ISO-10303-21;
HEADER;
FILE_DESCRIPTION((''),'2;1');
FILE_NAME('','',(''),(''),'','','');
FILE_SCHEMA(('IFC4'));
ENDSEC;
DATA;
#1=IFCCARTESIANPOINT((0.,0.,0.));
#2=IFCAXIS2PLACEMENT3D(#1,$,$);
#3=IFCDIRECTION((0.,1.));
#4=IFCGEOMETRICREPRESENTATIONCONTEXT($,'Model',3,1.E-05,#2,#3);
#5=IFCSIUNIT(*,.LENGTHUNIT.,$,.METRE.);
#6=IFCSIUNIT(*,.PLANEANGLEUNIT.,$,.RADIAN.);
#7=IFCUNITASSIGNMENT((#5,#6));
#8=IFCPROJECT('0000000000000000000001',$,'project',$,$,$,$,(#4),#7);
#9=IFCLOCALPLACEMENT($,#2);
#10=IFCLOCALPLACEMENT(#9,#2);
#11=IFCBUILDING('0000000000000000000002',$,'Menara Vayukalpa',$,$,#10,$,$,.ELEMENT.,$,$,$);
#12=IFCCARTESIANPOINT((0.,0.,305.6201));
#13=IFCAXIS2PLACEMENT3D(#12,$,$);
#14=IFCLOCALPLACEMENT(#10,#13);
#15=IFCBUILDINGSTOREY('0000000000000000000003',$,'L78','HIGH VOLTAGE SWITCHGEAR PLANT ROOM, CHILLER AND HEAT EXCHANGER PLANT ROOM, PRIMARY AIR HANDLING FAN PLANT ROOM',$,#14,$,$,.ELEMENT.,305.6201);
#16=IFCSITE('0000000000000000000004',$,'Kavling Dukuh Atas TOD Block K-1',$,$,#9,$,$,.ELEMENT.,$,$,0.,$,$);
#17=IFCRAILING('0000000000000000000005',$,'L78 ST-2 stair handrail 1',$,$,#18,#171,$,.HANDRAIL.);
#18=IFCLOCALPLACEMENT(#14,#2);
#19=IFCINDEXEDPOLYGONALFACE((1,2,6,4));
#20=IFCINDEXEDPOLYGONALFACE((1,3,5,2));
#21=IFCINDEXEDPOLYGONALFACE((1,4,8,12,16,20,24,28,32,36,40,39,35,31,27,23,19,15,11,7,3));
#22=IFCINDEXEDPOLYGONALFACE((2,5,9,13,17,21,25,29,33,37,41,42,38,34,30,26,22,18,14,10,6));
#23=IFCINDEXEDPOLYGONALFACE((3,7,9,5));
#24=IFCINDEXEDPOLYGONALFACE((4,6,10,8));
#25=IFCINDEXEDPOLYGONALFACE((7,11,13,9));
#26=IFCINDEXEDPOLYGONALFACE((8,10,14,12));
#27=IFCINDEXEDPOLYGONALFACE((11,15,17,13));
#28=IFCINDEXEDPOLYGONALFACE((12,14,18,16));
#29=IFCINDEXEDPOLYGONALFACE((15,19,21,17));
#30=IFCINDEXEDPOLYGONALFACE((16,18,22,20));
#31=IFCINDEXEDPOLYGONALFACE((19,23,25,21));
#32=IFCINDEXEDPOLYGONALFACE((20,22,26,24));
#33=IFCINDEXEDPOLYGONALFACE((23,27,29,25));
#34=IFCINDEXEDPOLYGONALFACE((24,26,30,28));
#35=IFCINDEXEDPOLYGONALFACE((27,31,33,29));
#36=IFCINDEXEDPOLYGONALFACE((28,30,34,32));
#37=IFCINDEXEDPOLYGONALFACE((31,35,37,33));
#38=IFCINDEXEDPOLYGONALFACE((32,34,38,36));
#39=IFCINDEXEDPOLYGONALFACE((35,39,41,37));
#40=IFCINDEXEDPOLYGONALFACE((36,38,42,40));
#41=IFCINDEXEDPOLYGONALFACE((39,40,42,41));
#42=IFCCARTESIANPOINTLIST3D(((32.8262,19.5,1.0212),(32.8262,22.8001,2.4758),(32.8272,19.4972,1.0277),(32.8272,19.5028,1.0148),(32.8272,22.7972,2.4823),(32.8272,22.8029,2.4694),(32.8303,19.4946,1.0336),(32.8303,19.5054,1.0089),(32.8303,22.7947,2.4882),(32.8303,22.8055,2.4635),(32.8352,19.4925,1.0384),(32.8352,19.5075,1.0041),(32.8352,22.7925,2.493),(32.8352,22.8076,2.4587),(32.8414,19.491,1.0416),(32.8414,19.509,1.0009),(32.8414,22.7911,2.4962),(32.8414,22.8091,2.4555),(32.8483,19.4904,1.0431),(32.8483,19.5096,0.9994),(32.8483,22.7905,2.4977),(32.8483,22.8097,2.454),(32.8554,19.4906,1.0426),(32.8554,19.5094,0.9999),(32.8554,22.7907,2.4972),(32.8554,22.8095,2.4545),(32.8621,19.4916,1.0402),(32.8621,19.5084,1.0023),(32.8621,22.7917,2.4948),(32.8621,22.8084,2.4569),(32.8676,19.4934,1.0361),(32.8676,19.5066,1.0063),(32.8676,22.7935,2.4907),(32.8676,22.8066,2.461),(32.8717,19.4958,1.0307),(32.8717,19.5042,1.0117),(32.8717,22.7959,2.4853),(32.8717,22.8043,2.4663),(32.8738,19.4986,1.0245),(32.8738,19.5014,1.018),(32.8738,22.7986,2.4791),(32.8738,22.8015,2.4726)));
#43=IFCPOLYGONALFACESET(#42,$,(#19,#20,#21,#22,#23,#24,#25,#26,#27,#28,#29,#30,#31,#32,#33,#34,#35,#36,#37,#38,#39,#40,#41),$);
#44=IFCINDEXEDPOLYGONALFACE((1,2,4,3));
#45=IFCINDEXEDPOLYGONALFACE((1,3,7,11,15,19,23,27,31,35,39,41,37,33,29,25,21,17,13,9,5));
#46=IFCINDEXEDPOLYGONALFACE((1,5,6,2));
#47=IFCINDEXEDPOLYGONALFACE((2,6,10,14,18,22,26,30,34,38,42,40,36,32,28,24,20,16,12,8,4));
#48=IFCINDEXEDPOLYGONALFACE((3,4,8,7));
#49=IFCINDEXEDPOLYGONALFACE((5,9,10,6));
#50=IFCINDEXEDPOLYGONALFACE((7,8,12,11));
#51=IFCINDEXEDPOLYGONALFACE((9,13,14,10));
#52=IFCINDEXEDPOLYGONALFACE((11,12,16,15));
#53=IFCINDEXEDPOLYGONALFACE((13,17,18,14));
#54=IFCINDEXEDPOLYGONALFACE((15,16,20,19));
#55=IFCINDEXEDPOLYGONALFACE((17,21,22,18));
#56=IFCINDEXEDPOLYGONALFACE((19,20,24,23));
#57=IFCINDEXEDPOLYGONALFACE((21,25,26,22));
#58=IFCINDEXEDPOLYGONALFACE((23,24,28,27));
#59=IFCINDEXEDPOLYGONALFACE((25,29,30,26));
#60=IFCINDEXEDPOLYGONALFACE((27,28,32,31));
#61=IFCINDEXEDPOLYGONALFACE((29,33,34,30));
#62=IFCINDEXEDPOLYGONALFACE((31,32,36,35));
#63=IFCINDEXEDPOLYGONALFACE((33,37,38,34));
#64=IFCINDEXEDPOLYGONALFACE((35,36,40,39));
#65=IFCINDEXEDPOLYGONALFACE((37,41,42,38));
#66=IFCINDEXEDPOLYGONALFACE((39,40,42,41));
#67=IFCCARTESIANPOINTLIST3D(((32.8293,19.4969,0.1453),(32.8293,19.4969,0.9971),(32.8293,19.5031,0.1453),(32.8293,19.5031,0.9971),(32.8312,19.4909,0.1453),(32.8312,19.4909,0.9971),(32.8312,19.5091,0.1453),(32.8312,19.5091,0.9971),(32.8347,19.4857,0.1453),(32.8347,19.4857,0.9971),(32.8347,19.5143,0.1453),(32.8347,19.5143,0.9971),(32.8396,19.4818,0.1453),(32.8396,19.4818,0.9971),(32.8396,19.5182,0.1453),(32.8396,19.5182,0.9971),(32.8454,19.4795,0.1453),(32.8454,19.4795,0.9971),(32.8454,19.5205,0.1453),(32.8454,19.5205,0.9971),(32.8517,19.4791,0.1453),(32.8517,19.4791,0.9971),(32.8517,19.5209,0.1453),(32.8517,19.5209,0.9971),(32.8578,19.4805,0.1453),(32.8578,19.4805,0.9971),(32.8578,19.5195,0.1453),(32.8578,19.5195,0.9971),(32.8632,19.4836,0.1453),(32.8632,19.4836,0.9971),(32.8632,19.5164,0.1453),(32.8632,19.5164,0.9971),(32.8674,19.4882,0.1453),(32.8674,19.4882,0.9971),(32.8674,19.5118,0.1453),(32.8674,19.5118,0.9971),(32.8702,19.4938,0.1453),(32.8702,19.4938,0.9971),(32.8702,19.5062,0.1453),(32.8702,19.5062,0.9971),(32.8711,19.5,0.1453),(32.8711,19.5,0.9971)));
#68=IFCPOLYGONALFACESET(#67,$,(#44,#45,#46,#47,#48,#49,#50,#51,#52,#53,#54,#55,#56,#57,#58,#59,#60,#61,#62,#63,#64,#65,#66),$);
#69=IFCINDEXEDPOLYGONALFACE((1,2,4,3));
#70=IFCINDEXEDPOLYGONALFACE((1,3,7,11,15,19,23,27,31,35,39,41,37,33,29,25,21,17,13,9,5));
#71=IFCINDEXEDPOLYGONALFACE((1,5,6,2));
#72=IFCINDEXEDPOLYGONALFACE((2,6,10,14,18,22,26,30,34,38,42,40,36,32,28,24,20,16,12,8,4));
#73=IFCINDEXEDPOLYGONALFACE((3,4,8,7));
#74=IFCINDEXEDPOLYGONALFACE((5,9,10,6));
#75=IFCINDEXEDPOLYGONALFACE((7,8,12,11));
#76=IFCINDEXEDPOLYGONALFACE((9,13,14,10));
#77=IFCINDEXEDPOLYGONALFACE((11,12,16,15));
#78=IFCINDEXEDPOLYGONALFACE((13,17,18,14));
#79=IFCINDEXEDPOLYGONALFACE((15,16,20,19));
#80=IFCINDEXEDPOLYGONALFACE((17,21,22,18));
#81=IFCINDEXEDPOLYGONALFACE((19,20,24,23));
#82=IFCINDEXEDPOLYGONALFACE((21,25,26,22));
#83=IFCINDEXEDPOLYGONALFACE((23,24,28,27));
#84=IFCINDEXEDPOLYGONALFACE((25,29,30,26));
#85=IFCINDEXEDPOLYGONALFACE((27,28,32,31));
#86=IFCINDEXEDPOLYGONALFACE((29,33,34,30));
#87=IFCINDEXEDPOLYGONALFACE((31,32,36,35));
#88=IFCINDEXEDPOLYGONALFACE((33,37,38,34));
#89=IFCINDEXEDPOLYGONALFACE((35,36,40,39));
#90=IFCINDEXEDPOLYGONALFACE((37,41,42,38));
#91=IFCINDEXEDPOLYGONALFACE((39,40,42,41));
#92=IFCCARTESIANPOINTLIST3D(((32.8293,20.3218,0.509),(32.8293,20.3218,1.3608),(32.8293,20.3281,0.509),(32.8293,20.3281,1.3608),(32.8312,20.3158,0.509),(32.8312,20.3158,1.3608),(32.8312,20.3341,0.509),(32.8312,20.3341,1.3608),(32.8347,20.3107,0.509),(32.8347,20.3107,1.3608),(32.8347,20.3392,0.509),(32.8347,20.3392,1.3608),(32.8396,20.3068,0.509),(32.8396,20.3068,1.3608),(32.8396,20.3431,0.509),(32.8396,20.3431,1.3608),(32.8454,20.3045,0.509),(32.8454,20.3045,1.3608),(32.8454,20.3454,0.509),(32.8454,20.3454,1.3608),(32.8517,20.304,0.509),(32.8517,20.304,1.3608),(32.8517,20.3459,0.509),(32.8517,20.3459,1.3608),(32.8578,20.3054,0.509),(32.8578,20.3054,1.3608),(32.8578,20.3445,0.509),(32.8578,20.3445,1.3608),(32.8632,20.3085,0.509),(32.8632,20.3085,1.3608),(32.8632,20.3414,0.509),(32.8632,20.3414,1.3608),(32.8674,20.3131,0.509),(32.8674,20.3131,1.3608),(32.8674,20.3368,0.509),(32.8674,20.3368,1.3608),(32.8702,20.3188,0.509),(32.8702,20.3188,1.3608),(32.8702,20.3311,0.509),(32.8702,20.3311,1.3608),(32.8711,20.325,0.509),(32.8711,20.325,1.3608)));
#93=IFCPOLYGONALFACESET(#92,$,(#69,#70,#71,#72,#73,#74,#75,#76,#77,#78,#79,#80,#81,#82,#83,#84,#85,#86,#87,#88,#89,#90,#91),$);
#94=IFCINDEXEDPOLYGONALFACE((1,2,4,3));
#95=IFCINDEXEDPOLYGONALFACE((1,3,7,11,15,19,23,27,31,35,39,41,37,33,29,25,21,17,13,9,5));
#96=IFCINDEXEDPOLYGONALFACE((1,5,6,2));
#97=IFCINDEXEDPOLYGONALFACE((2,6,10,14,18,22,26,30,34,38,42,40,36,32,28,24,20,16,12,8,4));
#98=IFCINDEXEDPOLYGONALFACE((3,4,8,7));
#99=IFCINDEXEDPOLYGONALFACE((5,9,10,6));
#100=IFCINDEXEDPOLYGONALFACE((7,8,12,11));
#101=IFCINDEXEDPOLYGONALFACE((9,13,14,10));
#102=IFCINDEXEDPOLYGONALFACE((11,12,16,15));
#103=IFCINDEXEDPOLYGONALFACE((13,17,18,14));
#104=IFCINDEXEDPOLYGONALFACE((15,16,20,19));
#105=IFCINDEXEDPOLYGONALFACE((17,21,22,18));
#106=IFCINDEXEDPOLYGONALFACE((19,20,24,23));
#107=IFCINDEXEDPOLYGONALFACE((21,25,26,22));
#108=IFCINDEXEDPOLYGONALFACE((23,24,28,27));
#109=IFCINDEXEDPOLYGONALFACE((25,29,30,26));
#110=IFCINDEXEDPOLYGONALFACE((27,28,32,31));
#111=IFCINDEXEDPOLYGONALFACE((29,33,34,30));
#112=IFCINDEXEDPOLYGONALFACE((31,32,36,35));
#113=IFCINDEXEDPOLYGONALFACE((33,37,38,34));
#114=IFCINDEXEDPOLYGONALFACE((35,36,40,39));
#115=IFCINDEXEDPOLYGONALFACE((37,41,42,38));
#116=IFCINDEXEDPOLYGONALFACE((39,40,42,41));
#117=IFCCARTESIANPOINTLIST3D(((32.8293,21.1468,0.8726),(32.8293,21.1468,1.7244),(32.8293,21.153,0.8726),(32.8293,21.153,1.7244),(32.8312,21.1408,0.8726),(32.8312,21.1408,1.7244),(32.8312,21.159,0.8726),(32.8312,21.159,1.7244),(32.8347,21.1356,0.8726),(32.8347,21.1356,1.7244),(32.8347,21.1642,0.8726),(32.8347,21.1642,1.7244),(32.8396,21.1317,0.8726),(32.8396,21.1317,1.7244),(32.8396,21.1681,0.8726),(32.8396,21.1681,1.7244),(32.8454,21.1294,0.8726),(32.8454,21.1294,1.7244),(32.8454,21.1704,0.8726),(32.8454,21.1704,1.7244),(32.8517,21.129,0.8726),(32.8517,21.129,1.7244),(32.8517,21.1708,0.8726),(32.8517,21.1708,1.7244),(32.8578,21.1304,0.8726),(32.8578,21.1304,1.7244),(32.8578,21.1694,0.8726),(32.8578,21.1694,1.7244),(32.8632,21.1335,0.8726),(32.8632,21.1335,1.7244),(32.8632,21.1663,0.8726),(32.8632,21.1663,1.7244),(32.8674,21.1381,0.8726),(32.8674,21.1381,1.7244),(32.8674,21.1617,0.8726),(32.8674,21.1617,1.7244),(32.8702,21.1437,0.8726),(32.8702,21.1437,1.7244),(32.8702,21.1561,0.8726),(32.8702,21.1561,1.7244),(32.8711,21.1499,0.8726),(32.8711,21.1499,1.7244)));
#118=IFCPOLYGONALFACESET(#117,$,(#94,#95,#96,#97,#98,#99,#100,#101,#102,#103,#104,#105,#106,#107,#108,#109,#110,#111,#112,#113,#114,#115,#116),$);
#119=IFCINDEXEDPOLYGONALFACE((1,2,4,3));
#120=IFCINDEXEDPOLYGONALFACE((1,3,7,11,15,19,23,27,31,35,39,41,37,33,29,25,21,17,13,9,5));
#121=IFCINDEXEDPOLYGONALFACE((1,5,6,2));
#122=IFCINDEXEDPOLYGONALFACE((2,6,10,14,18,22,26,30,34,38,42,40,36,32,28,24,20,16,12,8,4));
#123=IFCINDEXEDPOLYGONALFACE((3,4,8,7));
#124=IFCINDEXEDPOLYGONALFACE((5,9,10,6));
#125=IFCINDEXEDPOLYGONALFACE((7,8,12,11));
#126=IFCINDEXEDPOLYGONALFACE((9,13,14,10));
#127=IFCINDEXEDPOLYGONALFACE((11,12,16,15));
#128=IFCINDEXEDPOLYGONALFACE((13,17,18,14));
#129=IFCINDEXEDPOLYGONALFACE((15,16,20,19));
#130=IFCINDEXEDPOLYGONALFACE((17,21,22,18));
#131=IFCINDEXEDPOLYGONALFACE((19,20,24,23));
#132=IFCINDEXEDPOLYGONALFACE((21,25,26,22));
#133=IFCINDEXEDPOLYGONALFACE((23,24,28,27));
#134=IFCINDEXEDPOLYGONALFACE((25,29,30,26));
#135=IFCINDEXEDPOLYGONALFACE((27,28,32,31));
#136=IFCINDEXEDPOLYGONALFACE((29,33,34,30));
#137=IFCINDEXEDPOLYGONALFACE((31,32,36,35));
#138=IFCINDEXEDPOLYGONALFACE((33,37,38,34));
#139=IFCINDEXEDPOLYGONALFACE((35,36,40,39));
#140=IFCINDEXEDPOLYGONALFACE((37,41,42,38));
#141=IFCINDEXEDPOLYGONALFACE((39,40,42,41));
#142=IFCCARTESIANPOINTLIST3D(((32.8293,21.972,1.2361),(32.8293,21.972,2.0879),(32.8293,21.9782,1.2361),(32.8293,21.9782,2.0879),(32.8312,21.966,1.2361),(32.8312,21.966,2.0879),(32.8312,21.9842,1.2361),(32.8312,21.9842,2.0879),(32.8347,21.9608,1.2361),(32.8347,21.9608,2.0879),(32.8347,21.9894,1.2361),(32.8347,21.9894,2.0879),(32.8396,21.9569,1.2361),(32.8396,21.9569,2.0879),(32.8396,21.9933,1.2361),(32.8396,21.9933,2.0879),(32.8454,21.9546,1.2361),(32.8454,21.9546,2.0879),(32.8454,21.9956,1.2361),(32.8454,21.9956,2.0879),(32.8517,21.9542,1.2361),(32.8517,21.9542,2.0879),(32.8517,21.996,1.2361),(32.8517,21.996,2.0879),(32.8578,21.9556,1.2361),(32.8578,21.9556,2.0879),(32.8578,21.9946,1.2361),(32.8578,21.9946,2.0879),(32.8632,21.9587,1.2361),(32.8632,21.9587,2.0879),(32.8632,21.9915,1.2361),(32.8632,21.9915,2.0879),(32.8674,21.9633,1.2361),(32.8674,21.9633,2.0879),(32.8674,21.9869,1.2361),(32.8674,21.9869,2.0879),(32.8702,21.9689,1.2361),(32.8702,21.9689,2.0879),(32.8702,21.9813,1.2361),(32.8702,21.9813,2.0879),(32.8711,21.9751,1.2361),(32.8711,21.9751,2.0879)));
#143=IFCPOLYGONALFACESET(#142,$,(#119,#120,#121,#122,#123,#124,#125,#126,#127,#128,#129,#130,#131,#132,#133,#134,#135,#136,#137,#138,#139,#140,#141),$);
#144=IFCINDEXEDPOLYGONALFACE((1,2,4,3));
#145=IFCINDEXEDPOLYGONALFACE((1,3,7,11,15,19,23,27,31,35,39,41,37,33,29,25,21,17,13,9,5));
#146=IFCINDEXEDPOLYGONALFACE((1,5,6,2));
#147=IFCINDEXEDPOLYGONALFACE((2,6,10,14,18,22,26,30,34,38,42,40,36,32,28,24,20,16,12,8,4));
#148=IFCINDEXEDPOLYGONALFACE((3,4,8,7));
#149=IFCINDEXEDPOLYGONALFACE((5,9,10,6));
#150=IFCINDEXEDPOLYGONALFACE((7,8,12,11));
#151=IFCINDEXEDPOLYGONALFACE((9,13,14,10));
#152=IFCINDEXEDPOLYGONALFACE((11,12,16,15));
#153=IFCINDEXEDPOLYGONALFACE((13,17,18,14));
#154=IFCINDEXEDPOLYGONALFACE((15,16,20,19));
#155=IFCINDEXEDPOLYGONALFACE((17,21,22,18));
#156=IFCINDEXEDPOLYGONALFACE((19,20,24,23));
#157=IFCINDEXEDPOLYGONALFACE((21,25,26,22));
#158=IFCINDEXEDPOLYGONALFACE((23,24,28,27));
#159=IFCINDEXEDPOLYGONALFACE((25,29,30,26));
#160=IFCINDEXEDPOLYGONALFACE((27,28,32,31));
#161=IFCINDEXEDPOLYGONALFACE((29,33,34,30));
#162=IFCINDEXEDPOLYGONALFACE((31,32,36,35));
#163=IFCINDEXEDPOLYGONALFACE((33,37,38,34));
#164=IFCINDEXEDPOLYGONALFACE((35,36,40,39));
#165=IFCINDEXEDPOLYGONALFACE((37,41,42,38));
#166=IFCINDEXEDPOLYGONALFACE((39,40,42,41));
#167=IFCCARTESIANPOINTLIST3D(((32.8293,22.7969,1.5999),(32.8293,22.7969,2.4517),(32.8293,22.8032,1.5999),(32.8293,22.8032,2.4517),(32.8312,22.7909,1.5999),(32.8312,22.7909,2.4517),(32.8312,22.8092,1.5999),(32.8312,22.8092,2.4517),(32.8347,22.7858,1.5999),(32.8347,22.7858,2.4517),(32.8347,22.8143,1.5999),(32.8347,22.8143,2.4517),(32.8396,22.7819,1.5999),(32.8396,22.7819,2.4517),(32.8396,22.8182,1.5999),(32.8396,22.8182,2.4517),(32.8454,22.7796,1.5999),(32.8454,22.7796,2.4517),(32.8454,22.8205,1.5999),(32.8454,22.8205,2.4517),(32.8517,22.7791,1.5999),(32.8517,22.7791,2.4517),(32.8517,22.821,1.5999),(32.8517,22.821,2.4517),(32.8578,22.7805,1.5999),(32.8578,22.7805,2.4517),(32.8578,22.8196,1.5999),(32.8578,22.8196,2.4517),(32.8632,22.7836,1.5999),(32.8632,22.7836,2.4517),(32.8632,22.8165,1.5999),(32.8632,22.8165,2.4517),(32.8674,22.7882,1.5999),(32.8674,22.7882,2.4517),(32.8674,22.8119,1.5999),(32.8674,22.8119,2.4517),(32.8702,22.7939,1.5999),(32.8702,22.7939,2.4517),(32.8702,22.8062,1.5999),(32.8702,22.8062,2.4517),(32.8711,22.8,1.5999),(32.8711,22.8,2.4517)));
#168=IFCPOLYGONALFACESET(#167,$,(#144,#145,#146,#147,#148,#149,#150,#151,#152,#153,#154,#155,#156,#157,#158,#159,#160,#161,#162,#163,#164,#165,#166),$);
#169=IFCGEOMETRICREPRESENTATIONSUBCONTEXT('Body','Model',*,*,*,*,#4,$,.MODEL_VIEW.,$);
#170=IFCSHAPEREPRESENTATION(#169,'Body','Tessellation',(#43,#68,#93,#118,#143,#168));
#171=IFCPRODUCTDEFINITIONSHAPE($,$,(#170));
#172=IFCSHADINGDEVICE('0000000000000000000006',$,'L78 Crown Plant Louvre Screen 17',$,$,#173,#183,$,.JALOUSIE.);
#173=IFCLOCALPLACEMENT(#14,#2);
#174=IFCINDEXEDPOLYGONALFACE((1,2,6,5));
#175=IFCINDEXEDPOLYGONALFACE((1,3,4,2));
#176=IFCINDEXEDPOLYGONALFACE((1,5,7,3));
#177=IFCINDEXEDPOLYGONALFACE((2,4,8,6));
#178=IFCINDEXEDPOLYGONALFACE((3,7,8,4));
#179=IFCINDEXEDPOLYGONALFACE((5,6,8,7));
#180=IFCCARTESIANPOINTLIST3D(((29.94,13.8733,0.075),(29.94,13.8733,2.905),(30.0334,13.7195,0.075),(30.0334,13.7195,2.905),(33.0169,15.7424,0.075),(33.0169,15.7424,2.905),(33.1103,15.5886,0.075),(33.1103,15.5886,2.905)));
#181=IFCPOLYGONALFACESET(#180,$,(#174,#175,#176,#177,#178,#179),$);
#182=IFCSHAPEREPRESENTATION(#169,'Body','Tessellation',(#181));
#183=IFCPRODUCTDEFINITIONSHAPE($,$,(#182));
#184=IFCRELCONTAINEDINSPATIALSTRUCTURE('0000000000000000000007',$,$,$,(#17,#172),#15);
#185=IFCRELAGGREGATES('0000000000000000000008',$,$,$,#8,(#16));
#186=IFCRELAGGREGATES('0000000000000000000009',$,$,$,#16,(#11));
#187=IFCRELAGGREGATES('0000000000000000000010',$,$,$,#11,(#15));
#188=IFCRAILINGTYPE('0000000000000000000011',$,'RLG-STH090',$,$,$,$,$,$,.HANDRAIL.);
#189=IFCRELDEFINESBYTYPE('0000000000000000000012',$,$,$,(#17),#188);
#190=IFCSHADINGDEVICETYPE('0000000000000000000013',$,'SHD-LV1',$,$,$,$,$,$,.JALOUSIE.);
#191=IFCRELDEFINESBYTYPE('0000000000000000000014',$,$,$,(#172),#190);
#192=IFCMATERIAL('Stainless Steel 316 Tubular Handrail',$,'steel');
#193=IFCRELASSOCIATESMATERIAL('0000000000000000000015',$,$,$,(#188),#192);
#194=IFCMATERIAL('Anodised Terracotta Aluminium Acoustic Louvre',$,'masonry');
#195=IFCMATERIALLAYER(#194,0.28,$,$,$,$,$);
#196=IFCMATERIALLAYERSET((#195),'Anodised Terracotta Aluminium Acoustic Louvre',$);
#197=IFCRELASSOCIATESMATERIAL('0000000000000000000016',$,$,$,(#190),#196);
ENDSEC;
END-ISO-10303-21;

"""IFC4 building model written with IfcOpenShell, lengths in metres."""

from ifc_helpers import new_model, si_unit, direction, frame, origin, origin_2d, place, context, subcontext, project, spatial, rectangle, circle, extrude, material, layer, layer_set, type_object, element, save


model = new_model("IFC4")

# Units and contexts
model_context = context("Model", 3, precision=1e-05, world=origin(), true_north=direction((0.0, 1.0)))
body_context = subcontext(model_context, "Body", "Model", "MODEL_VIEW")
ifc_project = project(units=[si_unit("LENGTHUNIT", "METRE"), si_unit("PLANEANGLEUNIT", "RADIAN")], contexts=[model_context])

# Site, building, storey
site_placement = place(None, origin())
site = spatial("IfcSite", under=ifc_project, at=site_placement, Name="Kavling Dukuh Atas TOD Block K-1", CompositionType="ELEMENT", RefElevation=0.0)
building_placement = place(site_placement, origin())
building = spatial("IfcBuilding", under=site, at=building_placement, Name="Menara Vayukalpa", CompositionType="ELEMENT")
storey_placement = place(building_placement, frame((0.0, 0.0, 305.6201)))
storey = spatial("IfcBuildingStorey", under=building, at=storey_placement, Name="L78", Description="HIGH VOLTAGE SWITCHGEAR PLANT ROOM, CHILLER AND HEAT EXCHANGER PLANT ROOM, PRIMARY AIR HANDLING FAN PLANT ROOM", CompositionType="ELEMENT", Elevation=305.6201)

# Railing
ifc_material_1 = material(Name="Stainless Steel 316 Tubular Handrail", Category="steel")
railing_type_1 = type_object("IfcRailingType", Name="RLG-STH090", PredefinedType="HANDRAIL", material=ifc_material_1)
railing_1_placement = place(storey_placement, frame((32.8501, 19.5, 0.1453)))
element("IfcRailing", 1, at=railing_1_placement, inside=storey, type_object=railing_type_1, Name="L78 ST-2 stair handrail 1", PredefinedType="HANDRAIL", context=body_context, shape_type="SweptSolid", body=[
    extrude(circle(Radius=0.0239, at=origin_2d()), frame((0.0, 0.0, 0.876), z_axis=(0.0, 0.915052, 0.403335), x_axis=(-1.0, 0.0, 0.0)), (0.0, 0.0, 1.0), 3.6064),
    extrude(circle(Radius=0.021, at=origin_2d()), origin(), (0.0, 0.0, 1.0), 0.8518),
    extrude(circle(Radius=0.021, at=origin_2d()), frame((0.0, 0.825, 0.3638)), (0.0, 0.0, 1.0), 0.8518),
    extrude(circle(Radius=0.021, at=origin_2d()), frame((0.0, 1.6499, 0.7273)), (0.0, 0.0, 1.0), 0.8518),
    extrude(circle(Radius=0.021, at=origin_2d()), frame((0.0, 2.4751, 1.0908)), (0.0, 0.0, 1.0), 0.8518),
    extrude(circle(Radius=0.021, at=origin_2d()), frame((0.0, 3.3, 1.4546)), (0.0, 0.0, 1.0), 0.8518),
])

# Shading device
ifc_material_2 = material(Name="Anodised Terracotta Aluminium Acoustic Louvre", Category="masonry")
ifc_layer_1 = layer(ifc_material_2, 0.28)
ifc_layer_set_1 = layer_set([ifc_layer_1], Name="Anodised Terracotta Aluminium Acoustic Louvre")
shading_device_type = type_object("IfcShadingDeviceType", Name="SHD-LV1", PredefinedType="JALOUSIE", material=ifc_layer_set_1)
shading_device_placement = place(storey_placement, frame((31.5251, 14.731, 0.075), z_axis=(0.0, 0.0, 1.0), x_axis=(0.854667, 0.519176, 0.0)))
element("IfcShadingDevice", 2, at=shading_device_placement, inside=storey, type_object=shading_device_type, Name="L78 Crown Plant Louvre Screen 17", PredefinedType="JALOUSIE", context=body_context, shape_type="SweptSolid", body=[
    extrude(rectangle(XDim=3.6001, YDim=0.1799, at=origin_2d()), origin(), (0.0, 0.0, 1.0), 2.8301),
])

save(model, "model.ifc")
